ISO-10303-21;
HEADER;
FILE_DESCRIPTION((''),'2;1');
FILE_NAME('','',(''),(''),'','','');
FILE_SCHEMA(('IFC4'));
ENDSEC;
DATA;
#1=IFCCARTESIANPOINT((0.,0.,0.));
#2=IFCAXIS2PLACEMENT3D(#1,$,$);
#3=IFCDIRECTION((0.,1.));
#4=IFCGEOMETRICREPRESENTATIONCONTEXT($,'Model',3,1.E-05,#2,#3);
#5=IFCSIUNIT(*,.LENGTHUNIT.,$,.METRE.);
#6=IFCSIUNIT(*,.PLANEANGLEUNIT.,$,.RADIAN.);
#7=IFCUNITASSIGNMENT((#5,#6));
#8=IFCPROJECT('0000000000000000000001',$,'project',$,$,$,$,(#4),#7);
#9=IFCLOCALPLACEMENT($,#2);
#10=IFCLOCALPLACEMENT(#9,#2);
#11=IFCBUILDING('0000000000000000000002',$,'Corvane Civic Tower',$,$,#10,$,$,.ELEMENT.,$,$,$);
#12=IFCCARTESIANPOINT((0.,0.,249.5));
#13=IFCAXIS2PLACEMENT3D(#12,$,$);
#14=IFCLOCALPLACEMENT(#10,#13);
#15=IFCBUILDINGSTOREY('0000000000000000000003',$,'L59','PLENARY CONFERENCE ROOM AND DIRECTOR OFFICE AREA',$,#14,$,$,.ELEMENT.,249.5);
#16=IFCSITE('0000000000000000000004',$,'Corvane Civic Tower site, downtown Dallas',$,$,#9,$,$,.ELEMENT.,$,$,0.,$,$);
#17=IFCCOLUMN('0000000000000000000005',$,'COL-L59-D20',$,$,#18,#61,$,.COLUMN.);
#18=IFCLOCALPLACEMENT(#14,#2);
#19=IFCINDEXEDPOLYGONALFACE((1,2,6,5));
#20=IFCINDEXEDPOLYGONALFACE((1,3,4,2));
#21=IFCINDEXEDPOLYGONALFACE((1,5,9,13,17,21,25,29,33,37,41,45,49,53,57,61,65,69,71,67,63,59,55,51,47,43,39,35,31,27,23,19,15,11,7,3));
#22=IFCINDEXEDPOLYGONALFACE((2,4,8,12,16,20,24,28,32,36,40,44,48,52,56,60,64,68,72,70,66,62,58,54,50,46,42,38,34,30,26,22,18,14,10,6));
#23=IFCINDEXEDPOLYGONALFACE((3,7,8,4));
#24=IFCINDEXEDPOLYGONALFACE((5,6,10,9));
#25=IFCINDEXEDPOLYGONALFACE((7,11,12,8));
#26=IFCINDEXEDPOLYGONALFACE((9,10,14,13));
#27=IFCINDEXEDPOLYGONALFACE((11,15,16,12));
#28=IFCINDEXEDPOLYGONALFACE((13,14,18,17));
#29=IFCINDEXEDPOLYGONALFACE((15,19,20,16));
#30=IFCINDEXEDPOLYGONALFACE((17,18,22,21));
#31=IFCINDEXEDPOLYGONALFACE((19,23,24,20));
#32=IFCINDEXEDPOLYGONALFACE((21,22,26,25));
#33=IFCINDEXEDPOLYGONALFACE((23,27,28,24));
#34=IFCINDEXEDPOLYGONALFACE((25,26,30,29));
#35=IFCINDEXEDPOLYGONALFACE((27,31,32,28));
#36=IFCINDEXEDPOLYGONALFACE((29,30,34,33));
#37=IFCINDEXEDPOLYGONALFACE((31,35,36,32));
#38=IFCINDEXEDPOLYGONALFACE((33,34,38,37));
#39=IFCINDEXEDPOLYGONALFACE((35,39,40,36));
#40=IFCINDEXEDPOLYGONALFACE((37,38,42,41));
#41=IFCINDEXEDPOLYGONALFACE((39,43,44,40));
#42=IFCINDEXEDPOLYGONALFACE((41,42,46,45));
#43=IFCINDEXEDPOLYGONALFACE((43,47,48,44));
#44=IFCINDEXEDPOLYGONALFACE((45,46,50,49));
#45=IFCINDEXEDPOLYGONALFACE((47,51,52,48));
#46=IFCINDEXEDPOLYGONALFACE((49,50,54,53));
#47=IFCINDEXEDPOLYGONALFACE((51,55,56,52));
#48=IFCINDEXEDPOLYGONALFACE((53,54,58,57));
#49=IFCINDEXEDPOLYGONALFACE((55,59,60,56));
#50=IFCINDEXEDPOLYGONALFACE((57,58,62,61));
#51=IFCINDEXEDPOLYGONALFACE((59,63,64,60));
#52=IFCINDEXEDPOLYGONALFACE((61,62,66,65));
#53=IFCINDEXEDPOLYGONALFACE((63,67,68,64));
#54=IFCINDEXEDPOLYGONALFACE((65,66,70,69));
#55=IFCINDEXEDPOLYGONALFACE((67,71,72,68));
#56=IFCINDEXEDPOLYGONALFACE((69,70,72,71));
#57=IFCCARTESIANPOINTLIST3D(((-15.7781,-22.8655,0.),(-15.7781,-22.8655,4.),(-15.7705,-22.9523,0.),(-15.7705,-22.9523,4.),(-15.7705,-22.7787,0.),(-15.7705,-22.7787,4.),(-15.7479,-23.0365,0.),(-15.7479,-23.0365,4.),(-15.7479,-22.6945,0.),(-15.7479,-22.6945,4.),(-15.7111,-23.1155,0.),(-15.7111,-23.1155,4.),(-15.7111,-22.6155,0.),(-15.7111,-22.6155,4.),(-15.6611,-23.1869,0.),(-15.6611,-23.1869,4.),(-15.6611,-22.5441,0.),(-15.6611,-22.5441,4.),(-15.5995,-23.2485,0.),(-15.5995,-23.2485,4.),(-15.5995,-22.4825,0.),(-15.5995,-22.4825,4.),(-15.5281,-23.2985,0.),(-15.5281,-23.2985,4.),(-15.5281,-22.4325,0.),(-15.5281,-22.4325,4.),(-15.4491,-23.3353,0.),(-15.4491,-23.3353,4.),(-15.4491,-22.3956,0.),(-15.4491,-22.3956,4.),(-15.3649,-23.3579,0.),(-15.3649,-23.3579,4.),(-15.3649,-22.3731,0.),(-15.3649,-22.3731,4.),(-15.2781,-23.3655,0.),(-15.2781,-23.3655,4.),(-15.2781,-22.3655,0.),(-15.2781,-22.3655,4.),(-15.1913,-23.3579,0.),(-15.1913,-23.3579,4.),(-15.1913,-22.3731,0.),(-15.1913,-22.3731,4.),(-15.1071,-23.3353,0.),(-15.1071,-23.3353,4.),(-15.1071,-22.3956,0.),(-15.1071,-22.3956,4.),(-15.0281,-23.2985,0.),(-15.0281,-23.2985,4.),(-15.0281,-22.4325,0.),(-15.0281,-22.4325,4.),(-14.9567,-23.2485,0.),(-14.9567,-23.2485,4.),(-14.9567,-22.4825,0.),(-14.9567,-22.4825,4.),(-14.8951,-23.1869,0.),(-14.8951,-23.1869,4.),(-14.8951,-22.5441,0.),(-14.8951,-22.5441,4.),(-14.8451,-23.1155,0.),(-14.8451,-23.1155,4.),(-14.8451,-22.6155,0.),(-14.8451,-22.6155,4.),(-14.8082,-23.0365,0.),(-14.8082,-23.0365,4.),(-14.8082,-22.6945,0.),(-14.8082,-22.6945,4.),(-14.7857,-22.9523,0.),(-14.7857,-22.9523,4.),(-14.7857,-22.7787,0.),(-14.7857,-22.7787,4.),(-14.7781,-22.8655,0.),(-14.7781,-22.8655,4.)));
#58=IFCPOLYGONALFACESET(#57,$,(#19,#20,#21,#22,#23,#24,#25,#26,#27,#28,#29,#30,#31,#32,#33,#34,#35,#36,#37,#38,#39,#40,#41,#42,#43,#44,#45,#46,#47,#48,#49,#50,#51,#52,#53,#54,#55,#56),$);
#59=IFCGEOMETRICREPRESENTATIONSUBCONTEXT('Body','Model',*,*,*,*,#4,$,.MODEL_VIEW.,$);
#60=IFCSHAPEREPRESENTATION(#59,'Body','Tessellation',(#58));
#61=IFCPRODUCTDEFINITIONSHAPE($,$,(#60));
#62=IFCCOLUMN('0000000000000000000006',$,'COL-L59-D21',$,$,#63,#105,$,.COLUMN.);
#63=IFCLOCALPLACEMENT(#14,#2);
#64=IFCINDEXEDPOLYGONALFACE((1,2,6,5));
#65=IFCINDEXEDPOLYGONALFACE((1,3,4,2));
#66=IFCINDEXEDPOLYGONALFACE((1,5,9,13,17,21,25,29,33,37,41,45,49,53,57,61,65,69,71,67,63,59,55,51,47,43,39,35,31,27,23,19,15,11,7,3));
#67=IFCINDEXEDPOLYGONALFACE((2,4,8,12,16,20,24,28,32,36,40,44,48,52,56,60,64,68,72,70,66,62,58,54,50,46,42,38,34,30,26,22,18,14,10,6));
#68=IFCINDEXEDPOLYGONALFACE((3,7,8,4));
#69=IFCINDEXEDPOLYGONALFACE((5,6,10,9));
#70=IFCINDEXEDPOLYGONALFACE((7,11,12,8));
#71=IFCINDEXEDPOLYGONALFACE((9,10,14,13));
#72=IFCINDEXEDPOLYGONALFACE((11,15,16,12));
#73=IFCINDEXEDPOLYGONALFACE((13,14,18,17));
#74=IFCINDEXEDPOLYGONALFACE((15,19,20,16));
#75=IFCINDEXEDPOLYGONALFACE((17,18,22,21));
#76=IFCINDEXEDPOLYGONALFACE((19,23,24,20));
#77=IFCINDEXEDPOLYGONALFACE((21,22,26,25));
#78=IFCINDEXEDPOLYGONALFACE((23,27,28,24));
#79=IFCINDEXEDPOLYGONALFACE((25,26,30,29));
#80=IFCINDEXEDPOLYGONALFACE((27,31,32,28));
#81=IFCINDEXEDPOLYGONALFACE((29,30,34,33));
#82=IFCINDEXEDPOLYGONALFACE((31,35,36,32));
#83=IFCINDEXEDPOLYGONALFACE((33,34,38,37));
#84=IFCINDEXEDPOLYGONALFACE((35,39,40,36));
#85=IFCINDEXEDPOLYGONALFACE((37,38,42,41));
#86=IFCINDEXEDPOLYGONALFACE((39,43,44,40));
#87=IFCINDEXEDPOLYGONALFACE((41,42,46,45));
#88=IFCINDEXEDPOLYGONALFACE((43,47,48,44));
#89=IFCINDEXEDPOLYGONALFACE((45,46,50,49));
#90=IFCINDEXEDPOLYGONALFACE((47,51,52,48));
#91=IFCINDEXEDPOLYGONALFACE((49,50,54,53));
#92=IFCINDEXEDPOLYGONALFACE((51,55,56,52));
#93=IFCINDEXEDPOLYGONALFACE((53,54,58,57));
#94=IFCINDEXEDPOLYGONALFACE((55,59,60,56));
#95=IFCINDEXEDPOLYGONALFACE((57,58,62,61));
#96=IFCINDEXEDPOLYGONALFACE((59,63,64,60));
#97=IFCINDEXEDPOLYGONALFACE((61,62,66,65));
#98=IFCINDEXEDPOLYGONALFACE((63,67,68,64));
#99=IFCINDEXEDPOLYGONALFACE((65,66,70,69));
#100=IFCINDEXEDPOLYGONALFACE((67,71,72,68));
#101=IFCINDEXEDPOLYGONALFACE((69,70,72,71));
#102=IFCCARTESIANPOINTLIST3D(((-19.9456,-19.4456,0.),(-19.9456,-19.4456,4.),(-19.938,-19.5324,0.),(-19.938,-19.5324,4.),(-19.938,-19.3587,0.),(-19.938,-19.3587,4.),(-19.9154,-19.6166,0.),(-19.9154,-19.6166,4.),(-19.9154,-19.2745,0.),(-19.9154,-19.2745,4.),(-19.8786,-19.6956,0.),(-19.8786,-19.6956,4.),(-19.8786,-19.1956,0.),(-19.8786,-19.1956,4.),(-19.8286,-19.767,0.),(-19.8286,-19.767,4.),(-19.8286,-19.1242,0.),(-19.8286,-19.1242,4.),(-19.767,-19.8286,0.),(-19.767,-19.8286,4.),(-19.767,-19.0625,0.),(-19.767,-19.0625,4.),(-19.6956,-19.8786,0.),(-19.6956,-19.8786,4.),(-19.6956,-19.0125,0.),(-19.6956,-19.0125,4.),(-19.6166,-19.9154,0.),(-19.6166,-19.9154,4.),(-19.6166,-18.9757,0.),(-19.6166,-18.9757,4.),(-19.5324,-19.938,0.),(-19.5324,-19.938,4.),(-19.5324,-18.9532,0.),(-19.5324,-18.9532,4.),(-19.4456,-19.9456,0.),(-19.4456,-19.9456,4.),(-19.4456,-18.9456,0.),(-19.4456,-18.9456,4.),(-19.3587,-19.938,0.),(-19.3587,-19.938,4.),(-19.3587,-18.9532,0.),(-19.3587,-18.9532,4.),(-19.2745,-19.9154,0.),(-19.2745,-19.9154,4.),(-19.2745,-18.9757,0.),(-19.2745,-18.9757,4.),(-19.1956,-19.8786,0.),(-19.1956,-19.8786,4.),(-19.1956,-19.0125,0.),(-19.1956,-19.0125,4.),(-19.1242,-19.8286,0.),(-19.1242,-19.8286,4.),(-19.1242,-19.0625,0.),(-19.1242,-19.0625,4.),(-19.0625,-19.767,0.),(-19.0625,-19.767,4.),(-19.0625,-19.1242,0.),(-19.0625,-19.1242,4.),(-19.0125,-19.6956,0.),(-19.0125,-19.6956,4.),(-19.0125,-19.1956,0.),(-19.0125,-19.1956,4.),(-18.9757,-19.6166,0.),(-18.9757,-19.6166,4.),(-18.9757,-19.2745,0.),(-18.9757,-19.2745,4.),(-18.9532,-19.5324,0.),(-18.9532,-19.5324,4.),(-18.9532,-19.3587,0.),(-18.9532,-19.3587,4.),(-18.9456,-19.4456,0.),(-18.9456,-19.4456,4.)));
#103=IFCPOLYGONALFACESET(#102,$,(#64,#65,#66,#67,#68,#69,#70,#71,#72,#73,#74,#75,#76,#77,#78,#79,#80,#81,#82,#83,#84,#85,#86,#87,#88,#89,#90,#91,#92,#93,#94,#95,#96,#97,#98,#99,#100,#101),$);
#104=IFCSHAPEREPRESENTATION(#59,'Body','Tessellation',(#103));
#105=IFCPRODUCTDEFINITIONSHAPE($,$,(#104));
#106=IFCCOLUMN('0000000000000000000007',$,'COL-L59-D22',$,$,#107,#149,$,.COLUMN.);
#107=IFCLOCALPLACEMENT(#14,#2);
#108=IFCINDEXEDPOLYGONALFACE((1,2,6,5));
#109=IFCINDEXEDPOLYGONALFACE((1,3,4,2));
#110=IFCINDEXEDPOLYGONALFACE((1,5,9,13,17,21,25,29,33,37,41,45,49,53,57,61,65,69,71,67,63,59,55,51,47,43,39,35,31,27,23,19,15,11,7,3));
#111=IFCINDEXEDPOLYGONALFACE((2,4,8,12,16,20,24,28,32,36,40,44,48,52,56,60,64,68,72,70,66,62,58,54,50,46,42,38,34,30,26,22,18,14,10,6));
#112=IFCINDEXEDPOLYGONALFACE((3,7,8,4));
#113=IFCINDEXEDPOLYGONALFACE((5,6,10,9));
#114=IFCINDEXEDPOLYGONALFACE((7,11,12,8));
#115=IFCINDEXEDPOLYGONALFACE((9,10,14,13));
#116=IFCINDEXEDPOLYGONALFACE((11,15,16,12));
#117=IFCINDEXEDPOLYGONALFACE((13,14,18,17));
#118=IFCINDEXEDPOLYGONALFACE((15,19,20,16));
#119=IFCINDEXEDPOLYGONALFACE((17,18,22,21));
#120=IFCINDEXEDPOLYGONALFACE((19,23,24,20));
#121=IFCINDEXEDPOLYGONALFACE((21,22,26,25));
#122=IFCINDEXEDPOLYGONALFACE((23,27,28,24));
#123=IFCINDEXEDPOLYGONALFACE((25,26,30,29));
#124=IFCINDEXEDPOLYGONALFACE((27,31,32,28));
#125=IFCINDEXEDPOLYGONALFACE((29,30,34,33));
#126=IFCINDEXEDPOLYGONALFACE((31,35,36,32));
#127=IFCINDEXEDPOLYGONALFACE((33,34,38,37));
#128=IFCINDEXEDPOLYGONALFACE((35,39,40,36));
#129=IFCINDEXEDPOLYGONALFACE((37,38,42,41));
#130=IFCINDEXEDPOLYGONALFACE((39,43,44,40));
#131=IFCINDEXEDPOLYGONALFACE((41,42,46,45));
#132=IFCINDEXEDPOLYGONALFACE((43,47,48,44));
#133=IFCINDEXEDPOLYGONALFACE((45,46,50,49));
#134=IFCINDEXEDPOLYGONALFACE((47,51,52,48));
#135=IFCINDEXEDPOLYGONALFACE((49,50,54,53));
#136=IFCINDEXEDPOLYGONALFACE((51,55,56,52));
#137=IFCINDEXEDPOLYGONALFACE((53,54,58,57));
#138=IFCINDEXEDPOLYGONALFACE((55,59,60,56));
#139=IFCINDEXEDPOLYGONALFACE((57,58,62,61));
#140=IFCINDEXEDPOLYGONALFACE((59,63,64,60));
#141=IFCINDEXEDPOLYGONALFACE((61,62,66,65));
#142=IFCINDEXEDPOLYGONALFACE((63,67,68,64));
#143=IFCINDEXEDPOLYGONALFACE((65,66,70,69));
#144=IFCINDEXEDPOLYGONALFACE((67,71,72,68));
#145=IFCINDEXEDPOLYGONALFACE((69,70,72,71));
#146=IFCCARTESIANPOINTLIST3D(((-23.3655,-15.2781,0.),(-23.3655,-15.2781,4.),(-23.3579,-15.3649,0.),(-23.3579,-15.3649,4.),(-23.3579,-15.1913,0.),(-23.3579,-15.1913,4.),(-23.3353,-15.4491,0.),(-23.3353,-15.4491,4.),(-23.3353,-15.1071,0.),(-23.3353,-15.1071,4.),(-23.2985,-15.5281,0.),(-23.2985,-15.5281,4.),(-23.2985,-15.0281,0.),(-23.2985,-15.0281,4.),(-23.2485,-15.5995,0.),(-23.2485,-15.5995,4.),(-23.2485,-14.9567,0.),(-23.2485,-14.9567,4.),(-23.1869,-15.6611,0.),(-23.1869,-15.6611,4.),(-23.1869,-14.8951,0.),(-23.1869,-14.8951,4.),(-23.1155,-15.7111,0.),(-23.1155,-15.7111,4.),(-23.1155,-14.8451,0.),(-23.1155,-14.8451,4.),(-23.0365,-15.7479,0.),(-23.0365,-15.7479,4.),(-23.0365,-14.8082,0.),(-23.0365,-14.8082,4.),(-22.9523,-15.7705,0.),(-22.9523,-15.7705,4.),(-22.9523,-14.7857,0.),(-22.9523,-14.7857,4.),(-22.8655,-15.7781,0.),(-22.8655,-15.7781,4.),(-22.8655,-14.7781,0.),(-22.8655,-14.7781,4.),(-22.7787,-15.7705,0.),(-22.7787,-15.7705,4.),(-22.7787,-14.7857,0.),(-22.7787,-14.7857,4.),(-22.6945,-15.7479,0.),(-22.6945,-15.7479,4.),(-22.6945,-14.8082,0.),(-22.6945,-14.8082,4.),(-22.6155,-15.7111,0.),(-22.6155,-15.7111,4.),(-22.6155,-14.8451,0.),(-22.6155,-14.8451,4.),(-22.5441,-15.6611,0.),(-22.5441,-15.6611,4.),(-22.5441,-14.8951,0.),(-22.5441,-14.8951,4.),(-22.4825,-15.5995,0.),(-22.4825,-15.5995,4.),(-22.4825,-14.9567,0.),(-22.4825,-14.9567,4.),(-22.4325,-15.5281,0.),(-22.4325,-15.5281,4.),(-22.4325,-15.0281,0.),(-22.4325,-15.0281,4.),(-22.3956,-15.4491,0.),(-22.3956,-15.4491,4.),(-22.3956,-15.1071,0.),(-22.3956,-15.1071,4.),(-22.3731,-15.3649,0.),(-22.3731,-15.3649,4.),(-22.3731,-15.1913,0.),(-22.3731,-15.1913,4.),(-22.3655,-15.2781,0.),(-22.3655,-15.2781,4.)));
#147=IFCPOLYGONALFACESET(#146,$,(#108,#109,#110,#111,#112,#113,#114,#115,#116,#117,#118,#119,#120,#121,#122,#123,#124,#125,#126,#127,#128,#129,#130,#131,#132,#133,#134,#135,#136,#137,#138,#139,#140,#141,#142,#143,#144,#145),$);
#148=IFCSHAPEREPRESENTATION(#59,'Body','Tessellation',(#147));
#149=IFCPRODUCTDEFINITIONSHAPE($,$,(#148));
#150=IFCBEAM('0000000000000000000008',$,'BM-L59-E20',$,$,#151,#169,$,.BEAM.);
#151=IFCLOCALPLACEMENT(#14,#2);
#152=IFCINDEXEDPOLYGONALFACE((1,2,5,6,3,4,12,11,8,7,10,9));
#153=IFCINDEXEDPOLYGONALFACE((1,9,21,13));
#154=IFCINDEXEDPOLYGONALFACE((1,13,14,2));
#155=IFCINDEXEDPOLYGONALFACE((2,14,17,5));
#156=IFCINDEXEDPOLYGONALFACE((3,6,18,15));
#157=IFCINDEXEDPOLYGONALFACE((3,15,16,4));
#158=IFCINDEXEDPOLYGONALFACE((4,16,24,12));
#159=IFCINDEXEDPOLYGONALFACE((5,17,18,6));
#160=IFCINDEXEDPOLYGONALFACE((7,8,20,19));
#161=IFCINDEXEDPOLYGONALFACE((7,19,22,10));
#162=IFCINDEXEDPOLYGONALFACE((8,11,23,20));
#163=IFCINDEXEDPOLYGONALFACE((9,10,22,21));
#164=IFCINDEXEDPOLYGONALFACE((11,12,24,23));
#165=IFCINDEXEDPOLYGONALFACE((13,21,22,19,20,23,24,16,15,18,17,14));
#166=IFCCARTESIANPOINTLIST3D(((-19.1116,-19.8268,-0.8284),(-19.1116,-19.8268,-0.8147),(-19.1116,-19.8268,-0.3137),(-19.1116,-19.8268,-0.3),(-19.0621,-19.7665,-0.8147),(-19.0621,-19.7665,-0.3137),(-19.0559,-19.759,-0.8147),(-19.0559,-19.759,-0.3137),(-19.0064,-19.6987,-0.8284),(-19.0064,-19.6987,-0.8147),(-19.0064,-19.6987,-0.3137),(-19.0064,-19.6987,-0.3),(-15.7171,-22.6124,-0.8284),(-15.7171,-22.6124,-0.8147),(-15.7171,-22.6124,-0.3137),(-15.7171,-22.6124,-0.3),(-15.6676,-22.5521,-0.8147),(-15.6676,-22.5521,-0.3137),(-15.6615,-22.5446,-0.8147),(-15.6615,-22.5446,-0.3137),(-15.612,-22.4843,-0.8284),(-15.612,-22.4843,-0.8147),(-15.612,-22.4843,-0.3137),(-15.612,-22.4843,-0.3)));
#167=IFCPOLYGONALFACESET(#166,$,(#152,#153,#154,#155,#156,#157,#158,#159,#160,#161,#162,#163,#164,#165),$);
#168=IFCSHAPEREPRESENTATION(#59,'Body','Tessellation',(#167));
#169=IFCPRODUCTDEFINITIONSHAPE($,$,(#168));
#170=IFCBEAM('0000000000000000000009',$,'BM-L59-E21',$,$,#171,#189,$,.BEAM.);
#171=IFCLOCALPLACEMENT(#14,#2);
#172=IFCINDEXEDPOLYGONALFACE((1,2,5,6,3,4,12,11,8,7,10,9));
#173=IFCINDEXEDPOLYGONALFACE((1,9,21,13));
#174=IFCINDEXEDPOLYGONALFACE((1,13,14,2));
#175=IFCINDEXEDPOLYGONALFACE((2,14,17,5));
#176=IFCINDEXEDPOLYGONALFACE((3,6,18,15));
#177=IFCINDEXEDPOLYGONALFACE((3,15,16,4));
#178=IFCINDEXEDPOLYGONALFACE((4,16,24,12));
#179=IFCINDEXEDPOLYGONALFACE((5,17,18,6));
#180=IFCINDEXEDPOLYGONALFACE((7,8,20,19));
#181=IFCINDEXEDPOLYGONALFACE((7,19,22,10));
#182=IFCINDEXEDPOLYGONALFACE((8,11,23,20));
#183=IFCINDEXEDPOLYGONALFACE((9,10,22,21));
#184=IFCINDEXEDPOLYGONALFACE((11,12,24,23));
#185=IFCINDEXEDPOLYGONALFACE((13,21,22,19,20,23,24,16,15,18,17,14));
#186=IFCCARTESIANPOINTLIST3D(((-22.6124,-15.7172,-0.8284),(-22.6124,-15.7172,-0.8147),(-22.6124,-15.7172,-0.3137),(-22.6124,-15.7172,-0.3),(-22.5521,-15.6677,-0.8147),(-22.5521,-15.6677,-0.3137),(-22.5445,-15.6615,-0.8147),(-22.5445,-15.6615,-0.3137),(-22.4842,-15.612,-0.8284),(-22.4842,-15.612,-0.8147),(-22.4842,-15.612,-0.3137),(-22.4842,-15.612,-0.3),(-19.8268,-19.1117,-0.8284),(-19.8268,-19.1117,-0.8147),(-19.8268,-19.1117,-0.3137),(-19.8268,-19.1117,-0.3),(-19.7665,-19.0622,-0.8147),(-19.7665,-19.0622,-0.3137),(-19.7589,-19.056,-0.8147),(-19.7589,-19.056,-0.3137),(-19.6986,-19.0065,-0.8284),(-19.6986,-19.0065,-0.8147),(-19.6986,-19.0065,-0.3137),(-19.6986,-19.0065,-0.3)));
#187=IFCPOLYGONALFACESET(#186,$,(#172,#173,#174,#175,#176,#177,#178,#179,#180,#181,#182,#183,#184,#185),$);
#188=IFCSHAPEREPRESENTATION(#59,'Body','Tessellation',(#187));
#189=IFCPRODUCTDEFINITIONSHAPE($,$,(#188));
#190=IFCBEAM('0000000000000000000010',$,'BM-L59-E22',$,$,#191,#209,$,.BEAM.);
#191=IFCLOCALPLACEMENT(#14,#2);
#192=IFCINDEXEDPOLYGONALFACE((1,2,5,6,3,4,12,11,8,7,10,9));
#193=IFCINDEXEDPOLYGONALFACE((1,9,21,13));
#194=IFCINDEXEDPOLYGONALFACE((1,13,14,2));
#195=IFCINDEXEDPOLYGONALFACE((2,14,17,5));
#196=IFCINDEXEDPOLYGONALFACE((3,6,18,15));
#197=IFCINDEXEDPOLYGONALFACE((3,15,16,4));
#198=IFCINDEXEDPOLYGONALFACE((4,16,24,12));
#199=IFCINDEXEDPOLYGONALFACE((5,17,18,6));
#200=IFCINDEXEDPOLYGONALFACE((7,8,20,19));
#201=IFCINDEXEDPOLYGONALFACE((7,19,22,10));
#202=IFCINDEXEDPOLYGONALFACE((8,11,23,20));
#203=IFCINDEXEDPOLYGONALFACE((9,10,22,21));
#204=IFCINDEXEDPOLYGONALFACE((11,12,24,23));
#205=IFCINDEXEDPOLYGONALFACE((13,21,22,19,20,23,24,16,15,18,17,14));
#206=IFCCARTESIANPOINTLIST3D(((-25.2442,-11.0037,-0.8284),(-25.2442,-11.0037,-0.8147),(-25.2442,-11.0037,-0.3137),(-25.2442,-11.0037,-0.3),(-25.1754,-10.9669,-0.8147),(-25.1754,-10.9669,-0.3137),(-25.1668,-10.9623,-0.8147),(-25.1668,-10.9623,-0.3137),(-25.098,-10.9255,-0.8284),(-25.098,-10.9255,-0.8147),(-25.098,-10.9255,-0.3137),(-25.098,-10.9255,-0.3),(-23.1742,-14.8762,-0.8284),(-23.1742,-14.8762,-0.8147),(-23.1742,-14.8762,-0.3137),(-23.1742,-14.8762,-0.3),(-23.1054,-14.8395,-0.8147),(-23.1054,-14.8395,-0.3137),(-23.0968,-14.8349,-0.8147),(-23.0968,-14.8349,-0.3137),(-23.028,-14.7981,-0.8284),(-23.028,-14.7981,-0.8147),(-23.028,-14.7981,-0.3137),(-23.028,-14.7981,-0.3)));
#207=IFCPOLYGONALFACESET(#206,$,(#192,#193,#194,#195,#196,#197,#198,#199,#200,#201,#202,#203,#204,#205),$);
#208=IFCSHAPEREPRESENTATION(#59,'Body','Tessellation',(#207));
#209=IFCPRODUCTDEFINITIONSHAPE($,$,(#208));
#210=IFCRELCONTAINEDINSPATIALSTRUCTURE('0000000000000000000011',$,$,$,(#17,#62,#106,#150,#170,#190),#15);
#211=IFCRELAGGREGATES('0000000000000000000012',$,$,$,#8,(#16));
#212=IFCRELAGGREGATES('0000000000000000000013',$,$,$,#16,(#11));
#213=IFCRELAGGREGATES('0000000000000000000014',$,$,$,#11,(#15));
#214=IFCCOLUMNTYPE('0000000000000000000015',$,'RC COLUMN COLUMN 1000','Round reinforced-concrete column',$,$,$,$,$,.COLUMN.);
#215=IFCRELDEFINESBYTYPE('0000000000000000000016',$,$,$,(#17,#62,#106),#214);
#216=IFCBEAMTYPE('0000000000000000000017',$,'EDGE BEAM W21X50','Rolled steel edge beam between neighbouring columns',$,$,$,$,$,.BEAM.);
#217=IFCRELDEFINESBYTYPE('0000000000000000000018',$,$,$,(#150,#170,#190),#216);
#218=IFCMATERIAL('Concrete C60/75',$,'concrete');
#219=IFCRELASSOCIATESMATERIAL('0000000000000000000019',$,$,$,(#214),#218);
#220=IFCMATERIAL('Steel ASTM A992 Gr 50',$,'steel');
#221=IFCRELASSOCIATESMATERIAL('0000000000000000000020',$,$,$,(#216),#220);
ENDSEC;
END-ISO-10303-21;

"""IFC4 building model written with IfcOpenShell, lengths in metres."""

from ifc_helpers import new_model, si_unit, direction, frame, origin, origin_2d, place, context, subcontext, project, spatial, circle, i_section, extrude, material, material_profile, profile_set, type_object, element, save


model = new_model("IFC4")

# Units and contexts
model_context = context("Model", 3, precision=1e-05, world=origin(), true_north=direction((0.0, 1.0)))
body_context = subcontext(model_context, "Body", "Model", "MODEL_VIEW")
ifc_project = project(units=[si_unit("LENGTHUNIT", "METRE"), si_unit("PLANEANGLEUNIT", "RADIAN")], contexts=[model_context])

# Site, building, storey
site_placement = place(None, origin())
site = spatial("IfcSite", under=ifc_project, at=site_placement, Name="Corvane Civic Tower site, downtown Dallas", CompositionType="ELEMENT", RefElevation=0.0)
building_placement = place(site_placement, origin())
building = spatial("IfcBuilding", under=site, at=building_placement, Name="Corvane Civic Tower", CompositionType="ELEMENT")
storey_placement = place(building_placement, frame((0.0, 0.0, 249.5)))
storey = spatial("IfcBuildingStorey", under=building, at=storey_placement, Name="L59", Description="PLENARY CONFERENCE ROOM AND DIRECTOR OFFICE AREA", CompositionType="ELEMENT", Elevation=249.5)

# Columns
ifc_material_1 = material(Name="Concrete C60/75", Category="concrete")
ifc_material_profile_1 = material_profile(ifc_material_1, circle(Radius=0.5, at=origin_2d()), Name="COLUMN 1000")
ifc_profile_set_1 = profile_set([ifc_material_profile_1], Name="Concrete C60/75")
column_type = type_object("IfcColumnType", Name="RC COLUMN COLUMN 1000", Description="Round reinforced-concrete column", PredefinedType="COLUMN", material=ifc_profile_set_1)
for number, where, z_axis, x_axis, name in (
    (1, (-15.2781, -22.8655, 0.0), (0.0, 0.0, 1.0), (1.0, 0.0, 0.0), "COL-L59-D20"),
    (2, (-19.4456, -19.4456, 0.0), (0.0, 0.0, 1.0), (1.0, 0.0, 0.0), "COL-L59-D21"),
    (3, (-22.8655, -15.2781, 0.0), (0.0, 0.0, 1.0), (1.0, 0.0, 0.0), "COL-L59-D22"),
):
    element("IfcColumn", number, at=place(storey_placement, frame(where, z_axis=z_axis, x_axis=x_axis)), inside=storey, type_object=column_type, Name=name, PredefinedType="COLUMN", context=body_context, shape_type="SweptSolid", body=[
        extrude(circle(Radius=0.5, at=origin_2d()), origin(), (0.0, 0.0, 1.0), 4.0),
    ])

# Beams
ifc_material_2 = material(Name="Steel ASTM A992 Gr 50", Category="steel")
ifc_material_profile_2 = material_profile(ifc_material_2, i_section(OverallWidth=0.1658, OverallDepth=0.5283, WebThickness=0.0098, FlangeThickness=0.0137, at=origin_2d()), Name="W21X50")
ifc_profile_set_2 = profile_set([ifc_material_profile_2], Name="Steel ASTM A992 Gr 50")
beam_type_1 = type_object("IfcBeamType", Name="EDGE BEAM W21X50", Description="Rolled steel edge beam between neighbouring columns", PredefinedType="BEAM", material=ifc_profile_set_2)
for number, where, z_axis, x_axis, name in (
    (4, (-15.6646, -22.5483, -0.5642), (-0.77303, 0.634369, 0.0), (-0.634369, -0.77303, 0.0), "BM-L59-E20"),
    (5, (-19.7627, -19.0591, -0.5642), (-0.634369, 0.77303, 0.0), (-0.77303, -0.634369, 0.0), "BM-L59-E21"),
    (6, (-23.1011, -14.8372, -0.5642), (-0.471422, 0.881908, 0.0), (-0.881908, -0.471422, 0.0), "BM-L59-E22"),
):
    element("IfcBeam", number, at=place(storey_placement, frame(where, z_axis=z_axis, x_axis=x_axis)), inside=storey, type_object=beam_type_1, Name=name, PredefinedType="BEAM", context=body_context, shape_type="SweptSolid", body=[
        extrude(i_section(OverallWidth=0.1658, OverallDepth=0.5283, WebThickness=0.0098, FlangeThickness=0.0137, at=origin_2d()), origin(), (0.0, 0.0, 1.0), 4.3911),
    ])

save(model, "model.ifc")
